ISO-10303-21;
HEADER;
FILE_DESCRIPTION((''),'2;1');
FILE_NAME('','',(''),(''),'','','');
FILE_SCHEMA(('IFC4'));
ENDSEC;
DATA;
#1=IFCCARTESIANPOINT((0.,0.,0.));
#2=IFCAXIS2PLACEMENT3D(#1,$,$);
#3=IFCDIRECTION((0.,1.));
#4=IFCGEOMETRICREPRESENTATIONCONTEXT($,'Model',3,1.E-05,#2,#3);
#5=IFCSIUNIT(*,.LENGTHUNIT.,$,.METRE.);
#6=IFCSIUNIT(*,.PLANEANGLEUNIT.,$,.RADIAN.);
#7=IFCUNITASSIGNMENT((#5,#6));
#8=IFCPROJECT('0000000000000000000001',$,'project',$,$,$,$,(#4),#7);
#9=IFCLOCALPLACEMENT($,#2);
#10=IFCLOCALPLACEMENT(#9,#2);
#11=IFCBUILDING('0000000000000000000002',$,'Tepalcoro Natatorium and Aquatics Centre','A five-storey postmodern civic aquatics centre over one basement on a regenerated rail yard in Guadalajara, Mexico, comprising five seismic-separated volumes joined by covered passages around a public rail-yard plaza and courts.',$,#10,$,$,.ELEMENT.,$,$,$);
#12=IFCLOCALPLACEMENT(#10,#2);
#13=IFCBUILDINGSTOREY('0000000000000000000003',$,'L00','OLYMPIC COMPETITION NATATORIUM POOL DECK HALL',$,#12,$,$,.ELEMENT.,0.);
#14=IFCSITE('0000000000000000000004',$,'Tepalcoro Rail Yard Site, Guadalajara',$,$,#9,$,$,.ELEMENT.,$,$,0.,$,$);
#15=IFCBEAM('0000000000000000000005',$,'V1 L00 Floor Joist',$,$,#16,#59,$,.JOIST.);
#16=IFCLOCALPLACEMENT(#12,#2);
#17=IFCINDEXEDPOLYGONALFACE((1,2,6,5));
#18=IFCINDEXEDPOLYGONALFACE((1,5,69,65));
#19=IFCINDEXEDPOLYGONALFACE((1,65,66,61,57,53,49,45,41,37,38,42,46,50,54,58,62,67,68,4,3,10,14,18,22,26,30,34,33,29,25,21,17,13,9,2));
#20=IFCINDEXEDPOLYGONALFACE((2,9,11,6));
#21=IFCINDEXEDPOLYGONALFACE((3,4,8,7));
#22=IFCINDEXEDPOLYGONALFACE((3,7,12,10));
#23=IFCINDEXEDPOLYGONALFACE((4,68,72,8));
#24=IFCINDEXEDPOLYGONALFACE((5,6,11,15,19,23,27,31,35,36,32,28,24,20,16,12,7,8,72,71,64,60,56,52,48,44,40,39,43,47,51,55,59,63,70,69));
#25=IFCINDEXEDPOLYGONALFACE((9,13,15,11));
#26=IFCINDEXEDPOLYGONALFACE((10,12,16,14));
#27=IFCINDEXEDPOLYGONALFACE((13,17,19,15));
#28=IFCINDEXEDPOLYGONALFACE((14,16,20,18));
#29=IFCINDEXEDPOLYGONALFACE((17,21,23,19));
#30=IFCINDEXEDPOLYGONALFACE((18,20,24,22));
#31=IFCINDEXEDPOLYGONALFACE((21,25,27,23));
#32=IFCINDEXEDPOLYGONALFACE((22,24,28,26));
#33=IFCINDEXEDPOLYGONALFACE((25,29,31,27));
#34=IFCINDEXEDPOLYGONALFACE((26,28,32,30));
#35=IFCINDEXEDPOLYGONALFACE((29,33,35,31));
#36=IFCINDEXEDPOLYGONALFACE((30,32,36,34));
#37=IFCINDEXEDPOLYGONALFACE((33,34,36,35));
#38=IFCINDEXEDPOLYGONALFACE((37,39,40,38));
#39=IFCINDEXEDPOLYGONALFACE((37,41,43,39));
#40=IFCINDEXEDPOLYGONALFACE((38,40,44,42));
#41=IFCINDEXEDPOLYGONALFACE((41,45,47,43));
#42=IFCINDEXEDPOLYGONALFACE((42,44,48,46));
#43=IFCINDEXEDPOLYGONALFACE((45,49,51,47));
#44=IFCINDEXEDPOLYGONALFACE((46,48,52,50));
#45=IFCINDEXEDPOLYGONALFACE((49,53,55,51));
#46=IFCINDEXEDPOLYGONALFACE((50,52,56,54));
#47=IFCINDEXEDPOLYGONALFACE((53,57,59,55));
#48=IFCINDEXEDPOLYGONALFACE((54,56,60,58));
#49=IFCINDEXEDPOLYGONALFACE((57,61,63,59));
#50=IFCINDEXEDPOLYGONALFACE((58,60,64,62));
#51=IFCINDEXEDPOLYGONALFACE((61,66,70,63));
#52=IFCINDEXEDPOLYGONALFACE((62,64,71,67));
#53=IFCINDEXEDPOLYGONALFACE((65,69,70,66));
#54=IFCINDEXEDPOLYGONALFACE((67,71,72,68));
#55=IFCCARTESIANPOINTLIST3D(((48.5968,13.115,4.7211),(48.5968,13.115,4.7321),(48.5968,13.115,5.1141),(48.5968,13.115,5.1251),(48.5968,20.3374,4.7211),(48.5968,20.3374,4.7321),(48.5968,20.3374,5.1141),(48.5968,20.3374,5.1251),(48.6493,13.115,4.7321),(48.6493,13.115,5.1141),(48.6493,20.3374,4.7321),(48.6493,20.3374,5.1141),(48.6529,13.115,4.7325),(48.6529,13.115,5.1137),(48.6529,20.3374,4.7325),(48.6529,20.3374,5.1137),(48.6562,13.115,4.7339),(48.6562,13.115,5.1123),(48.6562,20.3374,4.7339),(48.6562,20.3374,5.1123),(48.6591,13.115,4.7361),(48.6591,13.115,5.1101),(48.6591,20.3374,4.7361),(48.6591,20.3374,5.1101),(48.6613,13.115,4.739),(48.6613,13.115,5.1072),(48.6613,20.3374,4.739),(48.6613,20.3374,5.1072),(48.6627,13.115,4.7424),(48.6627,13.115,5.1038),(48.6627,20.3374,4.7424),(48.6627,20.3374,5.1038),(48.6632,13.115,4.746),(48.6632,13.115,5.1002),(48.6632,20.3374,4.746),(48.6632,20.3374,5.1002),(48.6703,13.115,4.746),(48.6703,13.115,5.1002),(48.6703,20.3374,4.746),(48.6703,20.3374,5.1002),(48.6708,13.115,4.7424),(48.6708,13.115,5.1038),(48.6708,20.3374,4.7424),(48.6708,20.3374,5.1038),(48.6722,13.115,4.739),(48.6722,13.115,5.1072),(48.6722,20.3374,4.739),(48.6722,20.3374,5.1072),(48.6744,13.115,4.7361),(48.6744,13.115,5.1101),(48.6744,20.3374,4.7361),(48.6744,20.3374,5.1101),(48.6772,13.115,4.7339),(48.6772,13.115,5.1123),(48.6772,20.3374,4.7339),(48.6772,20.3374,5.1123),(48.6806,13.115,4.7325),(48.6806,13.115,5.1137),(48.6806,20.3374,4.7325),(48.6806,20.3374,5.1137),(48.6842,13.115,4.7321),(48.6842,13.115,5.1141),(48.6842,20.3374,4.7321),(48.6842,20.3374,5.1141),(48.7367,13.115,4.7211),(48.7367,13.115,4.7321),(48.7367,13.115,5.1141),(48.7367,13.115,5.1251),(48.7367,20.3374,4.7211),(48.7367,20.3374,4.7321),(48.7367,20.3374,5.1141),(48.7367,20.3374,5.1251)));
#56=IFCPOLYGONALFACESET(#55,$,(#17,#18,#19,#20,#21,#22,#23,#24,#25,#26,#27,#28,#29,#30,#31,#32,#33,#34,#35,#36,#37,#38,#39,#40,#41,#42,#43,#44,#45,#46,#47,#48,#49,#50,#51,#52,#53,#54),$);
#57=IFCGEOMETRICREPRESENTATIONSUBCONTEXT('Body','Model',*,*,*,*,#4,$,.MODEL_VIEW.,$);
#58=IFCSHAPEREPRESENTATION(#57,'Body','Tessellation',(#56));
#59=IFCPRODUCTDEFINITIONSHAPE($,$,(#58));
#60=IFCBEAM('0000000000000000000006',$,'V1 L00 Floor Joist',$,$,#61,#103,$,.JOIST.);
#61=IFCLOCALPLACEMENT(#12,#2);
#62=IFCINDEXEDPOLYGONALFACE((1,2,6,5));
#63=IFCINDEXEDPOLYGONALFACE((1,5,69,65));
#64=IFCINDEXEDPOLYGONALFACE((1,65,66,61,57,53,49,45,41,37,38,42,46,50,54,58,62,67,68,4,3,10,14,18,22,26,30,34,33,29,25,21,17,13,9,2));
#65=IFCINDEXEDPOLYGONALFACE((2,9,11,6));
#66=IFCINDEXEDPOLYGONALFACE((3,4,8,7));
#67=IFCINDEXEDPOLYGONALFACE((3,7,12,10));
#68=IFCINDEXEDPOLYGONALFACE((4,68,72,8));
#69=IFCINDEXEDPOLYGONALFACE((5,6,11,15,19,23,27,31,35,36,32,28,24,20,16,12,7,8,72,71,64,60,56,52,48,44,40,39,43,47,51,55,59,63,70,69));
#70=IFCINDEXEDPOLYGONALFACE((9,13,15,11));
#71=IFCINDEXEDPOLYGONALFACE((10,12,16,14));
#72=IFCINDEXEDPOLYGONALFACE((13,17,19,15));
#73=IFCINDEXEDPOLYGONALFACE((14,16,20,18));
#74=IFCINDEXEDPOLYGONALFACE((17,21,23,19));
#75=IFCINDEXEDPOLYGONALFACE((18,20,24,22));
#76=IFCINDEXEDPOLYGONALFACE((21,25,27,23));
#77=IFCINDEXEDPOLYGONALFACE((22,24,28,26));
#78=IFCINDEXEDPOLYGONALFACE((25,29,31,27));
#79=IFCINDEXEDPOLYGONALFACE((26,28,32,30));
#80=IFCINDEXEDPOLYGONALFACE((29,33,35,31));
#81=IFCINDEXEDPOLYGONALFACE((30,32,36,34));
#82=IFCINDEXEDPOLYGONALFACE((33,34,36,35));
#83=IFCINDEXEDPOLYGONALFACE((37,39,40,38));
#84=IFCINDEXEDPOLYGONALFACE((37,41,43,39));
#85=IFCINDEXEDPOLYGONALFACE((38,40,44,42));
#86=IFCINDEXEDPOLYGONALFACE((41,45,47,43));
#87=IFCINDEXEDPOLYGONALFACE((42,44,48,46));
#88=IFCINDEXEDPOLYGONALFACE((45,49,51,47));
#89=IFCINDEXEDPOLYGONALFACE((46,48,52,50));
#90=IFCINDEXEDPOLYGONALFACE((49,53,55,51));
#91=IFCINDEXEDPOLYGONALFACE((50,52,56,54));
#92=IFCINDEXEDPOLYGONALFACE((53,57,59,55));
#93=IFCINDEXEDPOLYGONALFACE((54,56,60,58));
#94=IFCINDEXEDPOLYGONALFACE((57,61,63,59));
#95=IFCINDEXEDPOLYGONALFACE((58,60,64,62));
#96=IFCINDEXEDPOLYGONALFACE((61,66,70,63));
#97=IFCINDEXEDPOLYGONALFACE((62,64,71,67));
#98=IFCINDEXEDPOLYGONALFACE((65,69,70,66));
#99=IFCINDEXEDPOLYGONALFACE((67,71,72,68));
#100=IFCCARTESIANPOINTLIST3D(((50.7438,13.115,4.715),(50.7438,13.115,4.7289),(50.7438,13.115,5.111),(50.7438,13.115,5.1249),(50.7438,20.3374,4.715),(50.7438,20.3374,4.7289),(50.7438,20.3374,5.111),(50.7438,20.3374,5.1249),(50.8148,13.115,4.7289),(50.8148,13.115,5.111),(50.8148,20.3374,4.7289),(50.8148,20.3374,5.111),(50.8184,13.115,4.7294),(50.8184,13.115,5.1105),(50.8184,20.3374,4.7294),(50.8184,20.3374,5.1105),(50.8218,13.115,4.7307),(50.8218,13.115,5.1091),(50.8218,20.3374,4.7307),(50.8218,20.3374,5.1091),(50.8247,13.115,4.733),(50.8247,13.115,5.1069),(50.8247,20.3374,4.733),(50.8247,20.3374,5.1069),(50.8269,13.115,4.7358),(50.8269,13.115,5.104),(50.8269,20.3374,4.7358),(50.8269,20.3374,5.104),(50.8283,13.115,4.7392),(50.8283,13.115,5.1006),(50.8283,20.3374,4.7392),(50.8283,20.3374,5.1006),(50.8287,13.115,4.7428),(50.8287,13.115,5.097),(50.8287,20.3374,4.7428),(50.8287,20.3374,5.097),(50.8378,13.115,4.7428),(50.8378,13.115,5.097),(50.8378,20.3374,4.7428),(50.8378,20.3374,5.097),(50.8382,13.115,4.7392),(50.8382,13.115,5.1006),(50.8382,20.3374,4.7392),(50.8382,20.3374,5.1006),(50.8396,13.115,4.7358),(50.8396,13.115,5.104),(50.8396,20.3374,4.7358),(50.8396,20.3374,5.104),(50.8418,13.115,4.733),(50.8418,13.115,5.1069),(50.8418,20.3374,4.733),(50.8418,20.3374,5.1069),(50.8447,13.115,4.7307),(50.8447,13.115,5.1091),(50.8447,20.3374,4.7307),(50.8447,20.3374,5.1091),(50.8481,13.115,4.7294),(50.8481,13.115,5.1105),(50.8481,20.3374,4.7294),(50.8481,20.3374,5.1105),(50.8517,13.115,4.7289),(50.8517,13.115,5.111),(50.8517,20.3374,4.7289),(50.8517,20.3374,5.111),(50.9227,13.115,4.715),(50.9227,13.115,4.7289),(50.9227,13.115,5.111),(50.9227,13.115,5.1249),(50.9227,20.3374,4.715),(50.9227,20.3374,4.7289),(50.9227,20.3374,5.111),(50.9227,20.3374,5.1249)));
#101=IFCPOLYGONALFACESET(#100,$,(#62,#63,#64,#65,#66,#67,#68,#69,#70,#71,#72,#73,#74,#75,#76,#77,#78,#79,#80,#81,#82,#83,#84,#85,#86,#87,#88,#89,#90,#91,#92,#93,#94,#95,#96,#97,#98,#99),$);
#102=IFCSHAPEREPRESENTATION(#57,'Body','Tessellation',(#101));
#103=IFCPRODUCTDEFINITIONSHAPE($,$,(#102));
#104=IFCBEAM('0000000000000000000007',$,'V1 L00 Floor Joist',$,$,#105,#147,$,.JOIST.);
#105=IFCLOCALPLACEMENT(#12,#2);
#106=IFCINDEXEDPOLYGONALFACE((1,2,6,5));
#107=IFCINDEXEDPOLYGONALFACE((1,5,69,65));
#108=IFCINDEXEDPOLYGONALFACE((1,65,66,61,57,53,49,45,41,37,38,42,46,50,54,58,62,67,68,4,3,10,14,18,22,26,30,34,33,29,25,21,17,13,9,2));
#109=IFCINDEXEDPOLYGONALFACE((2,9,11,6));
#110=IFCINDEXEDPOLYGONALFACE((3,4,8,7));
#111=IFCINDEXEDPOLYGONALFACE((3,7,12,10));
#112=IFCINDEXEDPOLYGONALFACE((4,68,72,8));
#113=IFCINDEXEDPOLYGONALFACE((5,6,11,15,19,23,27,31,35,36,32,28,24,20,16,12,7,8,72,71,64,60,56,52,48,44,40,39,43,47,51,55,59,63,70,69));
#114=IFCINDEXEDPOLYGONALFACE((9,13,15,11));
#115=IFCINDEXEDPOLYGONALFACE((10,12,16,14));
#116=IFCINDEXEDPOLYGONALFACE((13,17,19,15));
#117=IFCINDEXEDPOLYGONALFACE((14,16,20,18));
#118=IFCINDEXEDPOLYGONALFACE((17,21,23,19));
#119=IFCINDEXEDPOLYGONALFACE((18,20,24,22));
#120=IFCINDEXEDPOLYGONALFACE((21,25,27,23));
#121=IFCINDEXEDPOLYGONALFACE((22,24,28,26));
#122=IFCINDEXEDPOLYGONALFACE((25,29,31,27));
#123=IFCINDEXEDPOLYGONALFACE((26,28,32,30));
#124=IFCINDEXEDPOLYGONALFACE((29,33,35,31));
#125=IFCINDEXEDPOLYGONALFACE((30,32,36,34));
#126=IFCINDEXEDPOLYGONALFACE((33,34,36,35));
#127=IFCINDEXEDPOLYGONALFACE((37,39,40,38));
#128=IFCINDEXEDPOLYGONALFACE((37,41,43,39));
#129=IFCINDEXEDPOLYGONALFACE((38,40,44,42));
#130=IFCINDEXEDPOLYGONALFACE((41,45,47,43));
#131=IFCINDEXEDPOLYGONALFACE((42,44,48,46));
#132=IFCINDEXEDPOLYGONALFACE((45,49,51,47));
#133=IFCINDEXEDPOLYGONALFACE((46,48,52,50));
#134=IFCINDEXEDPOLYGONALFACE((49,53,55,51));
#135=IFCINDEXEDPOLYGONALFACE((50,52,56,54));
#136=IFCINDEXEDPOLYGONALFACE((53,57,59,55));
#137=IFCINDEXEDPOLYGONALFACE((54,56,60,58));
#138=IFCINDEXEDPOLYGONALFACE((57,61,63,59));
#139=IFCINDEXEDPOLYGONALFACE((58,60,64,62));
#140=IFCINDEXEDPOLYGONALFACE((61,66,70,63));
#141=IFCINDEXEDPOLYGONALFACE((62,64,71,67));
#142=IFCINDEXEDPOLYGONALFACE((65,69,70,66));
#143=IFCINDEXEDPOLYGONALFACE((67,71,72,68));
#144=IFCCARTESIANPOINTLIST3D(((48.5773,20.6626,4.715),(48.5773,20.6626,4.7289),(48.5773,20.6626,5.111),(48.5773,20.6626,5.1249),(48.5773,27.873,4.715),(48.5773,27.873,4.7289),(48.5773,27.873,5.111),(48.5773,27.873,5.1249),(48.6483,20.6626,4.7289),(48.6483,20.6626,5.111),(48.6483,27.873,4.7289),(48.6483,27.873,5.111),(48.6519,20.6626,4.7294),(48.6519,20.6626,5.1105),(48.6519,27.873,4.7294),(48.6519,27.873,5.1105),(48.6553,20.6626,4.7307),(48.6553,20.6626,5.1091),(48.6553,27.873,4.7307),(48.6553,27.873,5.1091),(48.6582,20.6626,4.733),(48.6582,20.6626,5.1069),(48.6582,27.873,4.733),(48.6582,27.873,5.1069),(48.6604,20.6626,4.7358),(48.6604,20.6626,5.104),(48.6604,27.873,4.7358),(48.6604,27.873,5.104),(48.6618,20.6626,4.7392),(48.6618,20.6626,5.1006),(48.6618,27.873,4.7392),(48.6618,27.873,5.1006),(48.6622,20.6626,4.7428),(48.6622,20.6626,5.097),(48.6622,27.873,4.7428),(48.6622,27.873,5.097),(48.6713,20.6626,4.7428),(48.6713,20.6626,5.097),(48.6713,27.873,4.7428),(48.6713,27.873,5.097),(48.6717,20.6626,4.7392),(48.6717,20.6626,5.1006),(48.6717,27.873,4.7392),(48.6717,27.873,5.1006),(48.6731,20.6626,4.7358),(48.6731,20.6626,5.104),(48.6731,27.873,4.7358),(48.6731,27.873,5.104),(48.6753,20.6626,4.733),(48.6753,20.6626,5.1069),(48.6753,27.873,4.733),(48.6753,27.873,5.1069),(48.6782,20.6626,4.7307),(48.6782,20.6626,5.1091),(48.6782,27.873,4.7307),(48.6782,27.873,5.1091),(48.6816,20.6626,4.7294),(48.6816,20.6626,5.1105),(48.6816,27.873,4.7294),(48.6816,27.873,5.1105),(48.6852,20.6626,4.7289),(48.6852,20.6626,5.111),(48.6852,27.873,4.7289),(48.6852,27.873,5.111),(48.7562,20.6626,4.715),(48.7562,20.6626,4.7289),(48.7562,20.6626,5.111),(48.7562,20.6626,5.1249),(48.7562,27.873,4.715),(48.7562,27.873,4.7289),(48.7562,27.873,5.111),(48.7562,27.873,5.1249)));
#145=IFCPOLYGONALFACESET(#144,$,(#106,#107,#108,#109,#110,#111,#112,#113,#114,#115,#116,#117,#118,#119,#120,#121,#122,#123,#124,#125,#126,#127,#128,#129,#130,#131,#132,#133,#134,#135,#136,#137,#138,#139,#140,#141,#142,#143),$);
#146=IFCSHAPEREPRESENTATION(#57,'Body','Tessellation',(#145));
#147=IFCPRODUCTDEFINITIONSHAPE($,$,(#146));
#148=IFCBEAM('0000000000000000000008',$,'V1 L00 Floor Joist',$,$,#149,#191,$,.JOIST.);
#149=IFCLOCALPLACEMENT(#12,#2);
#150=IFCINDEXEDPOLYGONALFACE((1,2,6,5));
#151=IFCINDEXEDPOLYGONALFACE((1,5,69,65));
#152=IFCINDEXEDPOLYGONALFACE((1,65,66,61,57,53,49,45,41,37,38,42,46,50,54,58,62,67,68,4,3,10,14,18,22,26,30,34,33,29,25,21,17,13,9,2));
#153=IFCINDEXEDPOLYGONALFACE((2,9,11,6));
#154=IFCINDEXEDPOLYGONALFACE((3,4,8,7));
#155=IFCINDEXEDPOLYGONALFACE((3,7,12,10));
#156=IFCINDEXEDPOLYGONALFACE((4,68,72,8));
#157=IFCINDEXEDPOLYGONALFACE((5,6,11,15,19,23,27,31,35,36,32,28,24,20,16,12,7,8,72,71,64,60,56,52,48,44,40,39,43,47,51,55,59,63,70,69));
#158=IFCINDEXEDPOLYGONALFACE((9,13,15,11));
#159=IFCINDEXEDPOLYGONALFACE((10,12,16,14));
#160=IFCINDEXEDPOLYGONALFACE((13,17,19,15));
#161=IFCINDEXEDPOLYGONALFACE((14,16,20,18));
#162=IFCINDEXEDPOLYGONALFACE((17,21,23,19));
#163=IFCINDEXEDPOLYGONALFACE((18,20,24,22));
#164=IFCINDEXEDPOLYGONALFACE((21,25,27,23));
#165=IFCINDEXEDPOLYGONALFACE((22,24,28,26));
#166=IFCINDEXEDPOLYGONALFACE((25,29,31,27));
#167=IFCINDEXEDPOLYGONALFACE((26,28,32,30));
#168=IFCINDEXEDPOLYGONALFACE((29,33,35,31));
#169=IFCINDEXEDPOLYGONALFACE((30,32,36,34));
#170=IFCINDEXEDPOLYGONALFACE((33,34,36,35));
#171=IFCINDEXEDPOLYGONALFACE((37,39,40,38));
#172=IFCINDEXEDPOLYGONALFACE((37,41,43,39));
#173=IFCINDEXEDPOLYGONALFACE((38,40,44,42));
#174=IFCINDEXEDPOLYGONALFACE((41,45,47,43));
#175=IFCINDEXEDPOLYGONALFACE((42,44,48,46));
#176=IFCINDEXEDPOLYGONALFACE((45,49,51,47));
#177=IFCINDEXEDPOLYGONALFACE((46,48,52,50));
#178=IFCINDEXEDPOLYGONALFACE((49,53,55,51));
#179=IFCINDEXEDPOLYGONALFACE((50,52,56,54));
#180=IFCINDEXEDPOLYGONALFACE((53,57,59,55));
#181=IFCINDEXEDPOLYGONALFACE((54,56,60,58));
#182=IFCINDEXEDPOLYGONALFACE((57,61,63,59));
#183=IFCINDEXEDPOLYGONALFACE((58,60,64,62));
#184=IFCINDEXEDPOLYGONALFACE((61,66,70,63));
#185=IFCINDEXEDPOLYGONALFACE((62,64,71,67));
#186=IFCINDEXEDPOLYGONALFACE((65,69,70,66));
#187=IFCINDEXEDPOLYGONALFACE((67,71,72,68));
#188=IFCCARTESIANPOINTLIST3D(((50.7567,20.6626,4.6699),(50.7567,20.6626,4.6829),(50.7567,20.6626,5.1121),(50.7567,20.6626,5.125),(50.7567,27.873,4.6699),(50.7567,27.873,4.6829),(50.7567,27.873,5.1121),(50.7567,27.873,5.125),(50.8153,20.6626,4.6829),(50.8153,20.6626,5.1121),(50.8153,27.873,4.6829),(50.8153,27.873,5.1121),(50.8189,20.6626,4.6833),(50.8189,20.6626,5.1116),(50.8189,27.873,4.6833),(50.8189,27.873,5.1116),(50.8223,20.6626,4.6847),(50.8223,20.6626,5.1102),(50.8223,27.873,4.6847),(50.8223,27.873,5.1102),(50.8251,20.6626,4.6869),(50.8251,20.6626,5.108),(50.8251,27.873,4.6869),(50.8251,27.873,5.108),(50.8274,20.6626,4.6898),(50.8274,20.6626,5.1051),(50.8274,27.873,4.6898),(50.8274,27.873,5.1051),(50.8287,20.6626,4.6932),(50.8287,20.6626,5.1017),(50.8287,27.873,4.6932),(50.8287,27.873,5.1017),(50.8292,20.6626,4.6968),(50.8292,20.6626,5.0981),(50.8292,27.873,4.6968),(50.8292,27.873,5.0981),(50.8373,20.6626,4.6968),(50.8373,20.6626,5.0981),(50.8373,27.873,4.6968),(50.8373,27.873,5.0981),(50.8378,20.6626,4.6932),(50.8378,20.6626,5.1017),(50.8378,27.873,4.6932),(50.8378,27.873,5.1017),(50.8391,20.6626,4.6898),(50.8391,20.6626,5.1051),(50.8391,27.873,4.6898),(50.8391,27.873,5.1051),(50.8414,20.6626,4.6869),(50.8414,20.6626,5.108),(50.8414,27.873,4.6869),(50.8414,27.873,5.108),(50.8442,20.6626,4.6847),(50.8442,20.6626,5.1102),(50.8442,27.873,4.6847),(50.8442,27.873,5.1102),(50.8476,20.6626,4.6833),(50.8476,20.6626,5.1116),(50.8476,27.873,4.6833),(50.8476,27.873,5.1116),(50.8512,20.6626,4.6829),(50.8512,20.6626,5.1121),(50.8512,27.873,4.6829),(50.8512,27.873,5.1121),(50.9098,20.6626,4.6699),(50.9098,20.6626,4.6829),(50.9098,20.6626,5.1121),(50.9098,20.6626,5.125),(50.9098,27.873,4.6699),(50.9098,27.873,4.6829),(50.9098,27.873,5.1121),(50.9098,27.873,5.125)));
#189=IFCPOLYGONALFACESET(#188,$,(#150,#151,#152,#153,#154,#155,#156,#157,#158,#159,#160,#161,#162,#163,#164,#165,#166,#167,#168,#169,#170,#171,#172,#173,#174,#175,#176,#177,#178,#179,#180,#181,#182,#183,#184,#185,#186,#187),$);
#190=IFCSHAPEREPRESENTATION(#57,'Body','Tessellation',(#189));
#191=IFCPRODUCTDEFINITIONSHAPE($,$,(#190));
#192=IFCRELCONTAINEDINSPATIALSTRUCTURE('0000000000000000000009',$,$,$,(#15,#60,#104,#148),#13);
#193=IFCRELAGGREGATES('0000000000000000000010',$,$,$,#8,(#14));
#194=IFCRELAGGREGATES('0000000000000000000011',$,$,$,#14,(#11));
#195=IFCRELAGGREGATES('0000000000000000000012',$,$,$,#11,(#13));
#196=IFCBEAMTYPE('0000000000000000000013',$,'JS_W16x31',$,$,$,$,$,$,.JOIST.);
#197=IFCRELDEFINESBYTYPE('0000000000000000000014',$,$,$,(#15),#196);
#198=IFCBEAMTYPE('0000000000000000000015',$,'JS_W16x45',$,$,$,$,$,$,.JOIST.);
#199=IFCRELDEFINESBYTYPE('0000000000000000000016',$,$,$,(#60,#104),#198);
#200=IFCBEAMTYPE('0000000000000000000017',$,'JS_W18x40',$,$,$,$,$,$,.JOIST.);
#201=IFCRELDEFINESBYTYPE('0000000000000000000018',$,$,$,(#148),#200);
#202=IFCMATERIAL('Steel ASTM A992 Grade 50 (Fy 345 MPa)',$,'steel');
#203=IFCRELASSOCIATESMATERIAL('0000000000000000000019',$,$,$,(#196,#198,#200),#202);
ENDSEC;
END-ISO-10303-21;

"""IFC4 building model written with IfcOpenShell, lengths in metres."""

from ifc_helpers import new_model, si_unit, direction, frame, origin, origin_2d, place, context, subcontext, project, spatial, i_section, extrude, material, material_profile, profile_set, type_object, element, save


model = new_model("IFC4")

# Units and contexts
model_context = context("Model", 3, precision=1e-05, world=origin(), true_north=direction((0.0, 1.0)))
body_context = subcontext(model_context, "Body", "Model", "MODEL_VIEW")
ifc_project = project(units=[si_unit("LENGTHUNIT", "METRE"), si_unit("PLANEANGLEUNIT", "RADIAN")], contexts=[model_context])

# Site, building, storey
site_placement = place(None, origin())
site = spatial("IfcSite", under=ifc_project, at=site_placement, Name="Tepalcoro Rail Yard Site, Guadalajara", CompositionType="ELEMENT", RefElevation=0.0)
building_placement = place(site_placement, origin())
building = spatial("IfcBuilding", under=site, at=building_placement, Name="Tepalcoro Natatorium and Aquatics Centre", Description="A five-storey postmodern civic aquatics centre over one basement on a regenerated rail yard in Guadalajara, Mexico, comprising five seismic-separated volumes joined by covered passages around a public rail-yard plaza and courts.", CompositionType="ELEMENT")
storey_placement = place(building_placement, origin())
storey = spatial("IfcBuildingStorey", under=building, at=storey_placement, Name="L00", Description="OLYMPIC COMPETITION NATATORIUM POOL DECK HALL", CompositionType="ELEMENT", Elevation=0.0)

# Beams
ifc_material_1 = material(Name="Steel ASTM A992 Grade 50 (Fy 345 MPa)", Category="steel")
ifc_material_profile_1 = material_profile(ifc_material_1, i_section(OverallWidth=0.1399, OverallDepth=0.4041, WebThickness=0.0071, FlangeThickness=0.011, FilletRadius=0.0139, at=origin_2d()), Name="W16X31")
ifc_profile_set_1 = profile_set([ifc_material_profile_1], Name="Steel ASTM A992 Grade 50 (Fy 345 MPa)")
beam_type_1 = type_object("IfcBeamType", Name="JS_W16x31", PredefinedType="JOIST", material=ifc_profile_set_1)
beam_1_placement = place(storey_placement, frame((48.6667, 13.115, 4.9231), z_axis=(0.0, 1.0, 0.0), x_axis=(-1.0, 0.0, 0.0)))
element("IfcBeam", 1, at=beam_1_placement, inside=storey, type_object=beam_type_1, Name="V1 L00 Floor Joist", PredefinedType="JOIST", context=body_context, shape_type="SweptSolid", body=[
    extrude(i_section(OverallWidth=0.1399, OverallDepth=0.4041, WebThickness=0.0071, FlangeThickness=0.011, FilletRadius=0.0139, at=origin_2d()), origin(), (0.0, 0.0, 1.0), 7.2224),
])
ifc_material_profile_2 = material_profile(ifc_material_1, i_section(OverallWidth=0.179, OverallDepth=0.4099, WebThickness=0.009, FlangeThickness=0.0139, FilletRadius=0.0139, at=origin_2d()), Name="W16X45")
ifc_profile_set_2 = profile_set([ifc_material_profile_2], Name="Steel ASTM A992 Grade 50 (Fy 345 MPa)")
beam_type_2 = type_object("IfcBeamType", Name="JS_W16x45", PredefinedType="JOIST", material=ifc_profile_set_2)
beam_2_placement = place(storey_placement, frame((50.8333, 13.115, 4.9199), z_axis=(0.0, 1.0, 0.0), x_axis=(-1.0, 0.0, 0.0)))
element("IfcBeam", 2, at=beam_2_placement, inside=storey, type_object=beam_type_2, Name="V1 L00 Floor Joist", PredefinedType="JOIST", context=body_context, shape_type="SweptSolid", body=[
    extrude(i_section(OverallWidth=0.179, OverallDepth=0.4099, WebThickness=0.009, FlangeThickness=0.0139, FilletRadius=0.0139, at=origin_2d()), origin(), (0.0, 0.0, 1.0), 7.2224),
])
beam_3_placement = place(storey_placement, frame((48.6667, 20.6626, 4.9199), z_axis=(0.0, 1.0, 0.0), x_axis=(-1.0, 0.0, 0.0)))
element("IfcBeam", 3, at=beam_3_placement, inside=storey, type_object=beam_type_2, Name="V1 L00 Floor Joist", PredefinedType="JOIST", context=body_context, shape_type="SweptSolid", body=[
    extrude(i_section(OverallWidth=0.179, OverallDepth=0.4099, WebThickness=0.009, FlangeThickness=0.0139, FilletRadius=0.0139, at=origin_2d()), origin(), (0.0, 0.0, 1.0), 7.2104),
])
ifc_material_profile_3 = material_profile(ifc_material_1, i_section(OverallWidth=0.1531, OverallDepth=0.4551, WebThickness=0.0081, FlangeThickness=0.0129, FilletRadius=0.0139, at=origin_2d()), Name="W18X40")
ifc_profile_set_3 = profile_set([ifc_material_profile_3], Name="Steel ASTM A992 Grade 50 (Fy 345 MPa)")
beam_type_3 = type_object("IfcBeamType", Name="JS_W18x40", PredefinedType="JOIST", material=ifc_profile_set_3)
beam_4_placement = place(storey_placement, frame((50.8333, 20.6626, 4.8975), z_axis=(0.0, 1.0, 0.0), x_axis=(-1.0, 0.0, 0.0)))
element("IfcBeam", 4, at=beam_4_placement, inside=storey, type_object=beam_type_3, Name="V1 L00 Floor Joist", PredefinedType="JOIST", context=body_context, shape_type="SweptSolid", body=[
    extrude(i_section(OverallWidth=0.1531, OverallDepth=0.4551, WebThickness=0.0081, FlangeThickness=0.0129, FilletRadius=0.0139, at=origin_2d()), origin(), (0.0, 0.0, 1.0), 7.2104),
])

save(model, "model.ifc")
